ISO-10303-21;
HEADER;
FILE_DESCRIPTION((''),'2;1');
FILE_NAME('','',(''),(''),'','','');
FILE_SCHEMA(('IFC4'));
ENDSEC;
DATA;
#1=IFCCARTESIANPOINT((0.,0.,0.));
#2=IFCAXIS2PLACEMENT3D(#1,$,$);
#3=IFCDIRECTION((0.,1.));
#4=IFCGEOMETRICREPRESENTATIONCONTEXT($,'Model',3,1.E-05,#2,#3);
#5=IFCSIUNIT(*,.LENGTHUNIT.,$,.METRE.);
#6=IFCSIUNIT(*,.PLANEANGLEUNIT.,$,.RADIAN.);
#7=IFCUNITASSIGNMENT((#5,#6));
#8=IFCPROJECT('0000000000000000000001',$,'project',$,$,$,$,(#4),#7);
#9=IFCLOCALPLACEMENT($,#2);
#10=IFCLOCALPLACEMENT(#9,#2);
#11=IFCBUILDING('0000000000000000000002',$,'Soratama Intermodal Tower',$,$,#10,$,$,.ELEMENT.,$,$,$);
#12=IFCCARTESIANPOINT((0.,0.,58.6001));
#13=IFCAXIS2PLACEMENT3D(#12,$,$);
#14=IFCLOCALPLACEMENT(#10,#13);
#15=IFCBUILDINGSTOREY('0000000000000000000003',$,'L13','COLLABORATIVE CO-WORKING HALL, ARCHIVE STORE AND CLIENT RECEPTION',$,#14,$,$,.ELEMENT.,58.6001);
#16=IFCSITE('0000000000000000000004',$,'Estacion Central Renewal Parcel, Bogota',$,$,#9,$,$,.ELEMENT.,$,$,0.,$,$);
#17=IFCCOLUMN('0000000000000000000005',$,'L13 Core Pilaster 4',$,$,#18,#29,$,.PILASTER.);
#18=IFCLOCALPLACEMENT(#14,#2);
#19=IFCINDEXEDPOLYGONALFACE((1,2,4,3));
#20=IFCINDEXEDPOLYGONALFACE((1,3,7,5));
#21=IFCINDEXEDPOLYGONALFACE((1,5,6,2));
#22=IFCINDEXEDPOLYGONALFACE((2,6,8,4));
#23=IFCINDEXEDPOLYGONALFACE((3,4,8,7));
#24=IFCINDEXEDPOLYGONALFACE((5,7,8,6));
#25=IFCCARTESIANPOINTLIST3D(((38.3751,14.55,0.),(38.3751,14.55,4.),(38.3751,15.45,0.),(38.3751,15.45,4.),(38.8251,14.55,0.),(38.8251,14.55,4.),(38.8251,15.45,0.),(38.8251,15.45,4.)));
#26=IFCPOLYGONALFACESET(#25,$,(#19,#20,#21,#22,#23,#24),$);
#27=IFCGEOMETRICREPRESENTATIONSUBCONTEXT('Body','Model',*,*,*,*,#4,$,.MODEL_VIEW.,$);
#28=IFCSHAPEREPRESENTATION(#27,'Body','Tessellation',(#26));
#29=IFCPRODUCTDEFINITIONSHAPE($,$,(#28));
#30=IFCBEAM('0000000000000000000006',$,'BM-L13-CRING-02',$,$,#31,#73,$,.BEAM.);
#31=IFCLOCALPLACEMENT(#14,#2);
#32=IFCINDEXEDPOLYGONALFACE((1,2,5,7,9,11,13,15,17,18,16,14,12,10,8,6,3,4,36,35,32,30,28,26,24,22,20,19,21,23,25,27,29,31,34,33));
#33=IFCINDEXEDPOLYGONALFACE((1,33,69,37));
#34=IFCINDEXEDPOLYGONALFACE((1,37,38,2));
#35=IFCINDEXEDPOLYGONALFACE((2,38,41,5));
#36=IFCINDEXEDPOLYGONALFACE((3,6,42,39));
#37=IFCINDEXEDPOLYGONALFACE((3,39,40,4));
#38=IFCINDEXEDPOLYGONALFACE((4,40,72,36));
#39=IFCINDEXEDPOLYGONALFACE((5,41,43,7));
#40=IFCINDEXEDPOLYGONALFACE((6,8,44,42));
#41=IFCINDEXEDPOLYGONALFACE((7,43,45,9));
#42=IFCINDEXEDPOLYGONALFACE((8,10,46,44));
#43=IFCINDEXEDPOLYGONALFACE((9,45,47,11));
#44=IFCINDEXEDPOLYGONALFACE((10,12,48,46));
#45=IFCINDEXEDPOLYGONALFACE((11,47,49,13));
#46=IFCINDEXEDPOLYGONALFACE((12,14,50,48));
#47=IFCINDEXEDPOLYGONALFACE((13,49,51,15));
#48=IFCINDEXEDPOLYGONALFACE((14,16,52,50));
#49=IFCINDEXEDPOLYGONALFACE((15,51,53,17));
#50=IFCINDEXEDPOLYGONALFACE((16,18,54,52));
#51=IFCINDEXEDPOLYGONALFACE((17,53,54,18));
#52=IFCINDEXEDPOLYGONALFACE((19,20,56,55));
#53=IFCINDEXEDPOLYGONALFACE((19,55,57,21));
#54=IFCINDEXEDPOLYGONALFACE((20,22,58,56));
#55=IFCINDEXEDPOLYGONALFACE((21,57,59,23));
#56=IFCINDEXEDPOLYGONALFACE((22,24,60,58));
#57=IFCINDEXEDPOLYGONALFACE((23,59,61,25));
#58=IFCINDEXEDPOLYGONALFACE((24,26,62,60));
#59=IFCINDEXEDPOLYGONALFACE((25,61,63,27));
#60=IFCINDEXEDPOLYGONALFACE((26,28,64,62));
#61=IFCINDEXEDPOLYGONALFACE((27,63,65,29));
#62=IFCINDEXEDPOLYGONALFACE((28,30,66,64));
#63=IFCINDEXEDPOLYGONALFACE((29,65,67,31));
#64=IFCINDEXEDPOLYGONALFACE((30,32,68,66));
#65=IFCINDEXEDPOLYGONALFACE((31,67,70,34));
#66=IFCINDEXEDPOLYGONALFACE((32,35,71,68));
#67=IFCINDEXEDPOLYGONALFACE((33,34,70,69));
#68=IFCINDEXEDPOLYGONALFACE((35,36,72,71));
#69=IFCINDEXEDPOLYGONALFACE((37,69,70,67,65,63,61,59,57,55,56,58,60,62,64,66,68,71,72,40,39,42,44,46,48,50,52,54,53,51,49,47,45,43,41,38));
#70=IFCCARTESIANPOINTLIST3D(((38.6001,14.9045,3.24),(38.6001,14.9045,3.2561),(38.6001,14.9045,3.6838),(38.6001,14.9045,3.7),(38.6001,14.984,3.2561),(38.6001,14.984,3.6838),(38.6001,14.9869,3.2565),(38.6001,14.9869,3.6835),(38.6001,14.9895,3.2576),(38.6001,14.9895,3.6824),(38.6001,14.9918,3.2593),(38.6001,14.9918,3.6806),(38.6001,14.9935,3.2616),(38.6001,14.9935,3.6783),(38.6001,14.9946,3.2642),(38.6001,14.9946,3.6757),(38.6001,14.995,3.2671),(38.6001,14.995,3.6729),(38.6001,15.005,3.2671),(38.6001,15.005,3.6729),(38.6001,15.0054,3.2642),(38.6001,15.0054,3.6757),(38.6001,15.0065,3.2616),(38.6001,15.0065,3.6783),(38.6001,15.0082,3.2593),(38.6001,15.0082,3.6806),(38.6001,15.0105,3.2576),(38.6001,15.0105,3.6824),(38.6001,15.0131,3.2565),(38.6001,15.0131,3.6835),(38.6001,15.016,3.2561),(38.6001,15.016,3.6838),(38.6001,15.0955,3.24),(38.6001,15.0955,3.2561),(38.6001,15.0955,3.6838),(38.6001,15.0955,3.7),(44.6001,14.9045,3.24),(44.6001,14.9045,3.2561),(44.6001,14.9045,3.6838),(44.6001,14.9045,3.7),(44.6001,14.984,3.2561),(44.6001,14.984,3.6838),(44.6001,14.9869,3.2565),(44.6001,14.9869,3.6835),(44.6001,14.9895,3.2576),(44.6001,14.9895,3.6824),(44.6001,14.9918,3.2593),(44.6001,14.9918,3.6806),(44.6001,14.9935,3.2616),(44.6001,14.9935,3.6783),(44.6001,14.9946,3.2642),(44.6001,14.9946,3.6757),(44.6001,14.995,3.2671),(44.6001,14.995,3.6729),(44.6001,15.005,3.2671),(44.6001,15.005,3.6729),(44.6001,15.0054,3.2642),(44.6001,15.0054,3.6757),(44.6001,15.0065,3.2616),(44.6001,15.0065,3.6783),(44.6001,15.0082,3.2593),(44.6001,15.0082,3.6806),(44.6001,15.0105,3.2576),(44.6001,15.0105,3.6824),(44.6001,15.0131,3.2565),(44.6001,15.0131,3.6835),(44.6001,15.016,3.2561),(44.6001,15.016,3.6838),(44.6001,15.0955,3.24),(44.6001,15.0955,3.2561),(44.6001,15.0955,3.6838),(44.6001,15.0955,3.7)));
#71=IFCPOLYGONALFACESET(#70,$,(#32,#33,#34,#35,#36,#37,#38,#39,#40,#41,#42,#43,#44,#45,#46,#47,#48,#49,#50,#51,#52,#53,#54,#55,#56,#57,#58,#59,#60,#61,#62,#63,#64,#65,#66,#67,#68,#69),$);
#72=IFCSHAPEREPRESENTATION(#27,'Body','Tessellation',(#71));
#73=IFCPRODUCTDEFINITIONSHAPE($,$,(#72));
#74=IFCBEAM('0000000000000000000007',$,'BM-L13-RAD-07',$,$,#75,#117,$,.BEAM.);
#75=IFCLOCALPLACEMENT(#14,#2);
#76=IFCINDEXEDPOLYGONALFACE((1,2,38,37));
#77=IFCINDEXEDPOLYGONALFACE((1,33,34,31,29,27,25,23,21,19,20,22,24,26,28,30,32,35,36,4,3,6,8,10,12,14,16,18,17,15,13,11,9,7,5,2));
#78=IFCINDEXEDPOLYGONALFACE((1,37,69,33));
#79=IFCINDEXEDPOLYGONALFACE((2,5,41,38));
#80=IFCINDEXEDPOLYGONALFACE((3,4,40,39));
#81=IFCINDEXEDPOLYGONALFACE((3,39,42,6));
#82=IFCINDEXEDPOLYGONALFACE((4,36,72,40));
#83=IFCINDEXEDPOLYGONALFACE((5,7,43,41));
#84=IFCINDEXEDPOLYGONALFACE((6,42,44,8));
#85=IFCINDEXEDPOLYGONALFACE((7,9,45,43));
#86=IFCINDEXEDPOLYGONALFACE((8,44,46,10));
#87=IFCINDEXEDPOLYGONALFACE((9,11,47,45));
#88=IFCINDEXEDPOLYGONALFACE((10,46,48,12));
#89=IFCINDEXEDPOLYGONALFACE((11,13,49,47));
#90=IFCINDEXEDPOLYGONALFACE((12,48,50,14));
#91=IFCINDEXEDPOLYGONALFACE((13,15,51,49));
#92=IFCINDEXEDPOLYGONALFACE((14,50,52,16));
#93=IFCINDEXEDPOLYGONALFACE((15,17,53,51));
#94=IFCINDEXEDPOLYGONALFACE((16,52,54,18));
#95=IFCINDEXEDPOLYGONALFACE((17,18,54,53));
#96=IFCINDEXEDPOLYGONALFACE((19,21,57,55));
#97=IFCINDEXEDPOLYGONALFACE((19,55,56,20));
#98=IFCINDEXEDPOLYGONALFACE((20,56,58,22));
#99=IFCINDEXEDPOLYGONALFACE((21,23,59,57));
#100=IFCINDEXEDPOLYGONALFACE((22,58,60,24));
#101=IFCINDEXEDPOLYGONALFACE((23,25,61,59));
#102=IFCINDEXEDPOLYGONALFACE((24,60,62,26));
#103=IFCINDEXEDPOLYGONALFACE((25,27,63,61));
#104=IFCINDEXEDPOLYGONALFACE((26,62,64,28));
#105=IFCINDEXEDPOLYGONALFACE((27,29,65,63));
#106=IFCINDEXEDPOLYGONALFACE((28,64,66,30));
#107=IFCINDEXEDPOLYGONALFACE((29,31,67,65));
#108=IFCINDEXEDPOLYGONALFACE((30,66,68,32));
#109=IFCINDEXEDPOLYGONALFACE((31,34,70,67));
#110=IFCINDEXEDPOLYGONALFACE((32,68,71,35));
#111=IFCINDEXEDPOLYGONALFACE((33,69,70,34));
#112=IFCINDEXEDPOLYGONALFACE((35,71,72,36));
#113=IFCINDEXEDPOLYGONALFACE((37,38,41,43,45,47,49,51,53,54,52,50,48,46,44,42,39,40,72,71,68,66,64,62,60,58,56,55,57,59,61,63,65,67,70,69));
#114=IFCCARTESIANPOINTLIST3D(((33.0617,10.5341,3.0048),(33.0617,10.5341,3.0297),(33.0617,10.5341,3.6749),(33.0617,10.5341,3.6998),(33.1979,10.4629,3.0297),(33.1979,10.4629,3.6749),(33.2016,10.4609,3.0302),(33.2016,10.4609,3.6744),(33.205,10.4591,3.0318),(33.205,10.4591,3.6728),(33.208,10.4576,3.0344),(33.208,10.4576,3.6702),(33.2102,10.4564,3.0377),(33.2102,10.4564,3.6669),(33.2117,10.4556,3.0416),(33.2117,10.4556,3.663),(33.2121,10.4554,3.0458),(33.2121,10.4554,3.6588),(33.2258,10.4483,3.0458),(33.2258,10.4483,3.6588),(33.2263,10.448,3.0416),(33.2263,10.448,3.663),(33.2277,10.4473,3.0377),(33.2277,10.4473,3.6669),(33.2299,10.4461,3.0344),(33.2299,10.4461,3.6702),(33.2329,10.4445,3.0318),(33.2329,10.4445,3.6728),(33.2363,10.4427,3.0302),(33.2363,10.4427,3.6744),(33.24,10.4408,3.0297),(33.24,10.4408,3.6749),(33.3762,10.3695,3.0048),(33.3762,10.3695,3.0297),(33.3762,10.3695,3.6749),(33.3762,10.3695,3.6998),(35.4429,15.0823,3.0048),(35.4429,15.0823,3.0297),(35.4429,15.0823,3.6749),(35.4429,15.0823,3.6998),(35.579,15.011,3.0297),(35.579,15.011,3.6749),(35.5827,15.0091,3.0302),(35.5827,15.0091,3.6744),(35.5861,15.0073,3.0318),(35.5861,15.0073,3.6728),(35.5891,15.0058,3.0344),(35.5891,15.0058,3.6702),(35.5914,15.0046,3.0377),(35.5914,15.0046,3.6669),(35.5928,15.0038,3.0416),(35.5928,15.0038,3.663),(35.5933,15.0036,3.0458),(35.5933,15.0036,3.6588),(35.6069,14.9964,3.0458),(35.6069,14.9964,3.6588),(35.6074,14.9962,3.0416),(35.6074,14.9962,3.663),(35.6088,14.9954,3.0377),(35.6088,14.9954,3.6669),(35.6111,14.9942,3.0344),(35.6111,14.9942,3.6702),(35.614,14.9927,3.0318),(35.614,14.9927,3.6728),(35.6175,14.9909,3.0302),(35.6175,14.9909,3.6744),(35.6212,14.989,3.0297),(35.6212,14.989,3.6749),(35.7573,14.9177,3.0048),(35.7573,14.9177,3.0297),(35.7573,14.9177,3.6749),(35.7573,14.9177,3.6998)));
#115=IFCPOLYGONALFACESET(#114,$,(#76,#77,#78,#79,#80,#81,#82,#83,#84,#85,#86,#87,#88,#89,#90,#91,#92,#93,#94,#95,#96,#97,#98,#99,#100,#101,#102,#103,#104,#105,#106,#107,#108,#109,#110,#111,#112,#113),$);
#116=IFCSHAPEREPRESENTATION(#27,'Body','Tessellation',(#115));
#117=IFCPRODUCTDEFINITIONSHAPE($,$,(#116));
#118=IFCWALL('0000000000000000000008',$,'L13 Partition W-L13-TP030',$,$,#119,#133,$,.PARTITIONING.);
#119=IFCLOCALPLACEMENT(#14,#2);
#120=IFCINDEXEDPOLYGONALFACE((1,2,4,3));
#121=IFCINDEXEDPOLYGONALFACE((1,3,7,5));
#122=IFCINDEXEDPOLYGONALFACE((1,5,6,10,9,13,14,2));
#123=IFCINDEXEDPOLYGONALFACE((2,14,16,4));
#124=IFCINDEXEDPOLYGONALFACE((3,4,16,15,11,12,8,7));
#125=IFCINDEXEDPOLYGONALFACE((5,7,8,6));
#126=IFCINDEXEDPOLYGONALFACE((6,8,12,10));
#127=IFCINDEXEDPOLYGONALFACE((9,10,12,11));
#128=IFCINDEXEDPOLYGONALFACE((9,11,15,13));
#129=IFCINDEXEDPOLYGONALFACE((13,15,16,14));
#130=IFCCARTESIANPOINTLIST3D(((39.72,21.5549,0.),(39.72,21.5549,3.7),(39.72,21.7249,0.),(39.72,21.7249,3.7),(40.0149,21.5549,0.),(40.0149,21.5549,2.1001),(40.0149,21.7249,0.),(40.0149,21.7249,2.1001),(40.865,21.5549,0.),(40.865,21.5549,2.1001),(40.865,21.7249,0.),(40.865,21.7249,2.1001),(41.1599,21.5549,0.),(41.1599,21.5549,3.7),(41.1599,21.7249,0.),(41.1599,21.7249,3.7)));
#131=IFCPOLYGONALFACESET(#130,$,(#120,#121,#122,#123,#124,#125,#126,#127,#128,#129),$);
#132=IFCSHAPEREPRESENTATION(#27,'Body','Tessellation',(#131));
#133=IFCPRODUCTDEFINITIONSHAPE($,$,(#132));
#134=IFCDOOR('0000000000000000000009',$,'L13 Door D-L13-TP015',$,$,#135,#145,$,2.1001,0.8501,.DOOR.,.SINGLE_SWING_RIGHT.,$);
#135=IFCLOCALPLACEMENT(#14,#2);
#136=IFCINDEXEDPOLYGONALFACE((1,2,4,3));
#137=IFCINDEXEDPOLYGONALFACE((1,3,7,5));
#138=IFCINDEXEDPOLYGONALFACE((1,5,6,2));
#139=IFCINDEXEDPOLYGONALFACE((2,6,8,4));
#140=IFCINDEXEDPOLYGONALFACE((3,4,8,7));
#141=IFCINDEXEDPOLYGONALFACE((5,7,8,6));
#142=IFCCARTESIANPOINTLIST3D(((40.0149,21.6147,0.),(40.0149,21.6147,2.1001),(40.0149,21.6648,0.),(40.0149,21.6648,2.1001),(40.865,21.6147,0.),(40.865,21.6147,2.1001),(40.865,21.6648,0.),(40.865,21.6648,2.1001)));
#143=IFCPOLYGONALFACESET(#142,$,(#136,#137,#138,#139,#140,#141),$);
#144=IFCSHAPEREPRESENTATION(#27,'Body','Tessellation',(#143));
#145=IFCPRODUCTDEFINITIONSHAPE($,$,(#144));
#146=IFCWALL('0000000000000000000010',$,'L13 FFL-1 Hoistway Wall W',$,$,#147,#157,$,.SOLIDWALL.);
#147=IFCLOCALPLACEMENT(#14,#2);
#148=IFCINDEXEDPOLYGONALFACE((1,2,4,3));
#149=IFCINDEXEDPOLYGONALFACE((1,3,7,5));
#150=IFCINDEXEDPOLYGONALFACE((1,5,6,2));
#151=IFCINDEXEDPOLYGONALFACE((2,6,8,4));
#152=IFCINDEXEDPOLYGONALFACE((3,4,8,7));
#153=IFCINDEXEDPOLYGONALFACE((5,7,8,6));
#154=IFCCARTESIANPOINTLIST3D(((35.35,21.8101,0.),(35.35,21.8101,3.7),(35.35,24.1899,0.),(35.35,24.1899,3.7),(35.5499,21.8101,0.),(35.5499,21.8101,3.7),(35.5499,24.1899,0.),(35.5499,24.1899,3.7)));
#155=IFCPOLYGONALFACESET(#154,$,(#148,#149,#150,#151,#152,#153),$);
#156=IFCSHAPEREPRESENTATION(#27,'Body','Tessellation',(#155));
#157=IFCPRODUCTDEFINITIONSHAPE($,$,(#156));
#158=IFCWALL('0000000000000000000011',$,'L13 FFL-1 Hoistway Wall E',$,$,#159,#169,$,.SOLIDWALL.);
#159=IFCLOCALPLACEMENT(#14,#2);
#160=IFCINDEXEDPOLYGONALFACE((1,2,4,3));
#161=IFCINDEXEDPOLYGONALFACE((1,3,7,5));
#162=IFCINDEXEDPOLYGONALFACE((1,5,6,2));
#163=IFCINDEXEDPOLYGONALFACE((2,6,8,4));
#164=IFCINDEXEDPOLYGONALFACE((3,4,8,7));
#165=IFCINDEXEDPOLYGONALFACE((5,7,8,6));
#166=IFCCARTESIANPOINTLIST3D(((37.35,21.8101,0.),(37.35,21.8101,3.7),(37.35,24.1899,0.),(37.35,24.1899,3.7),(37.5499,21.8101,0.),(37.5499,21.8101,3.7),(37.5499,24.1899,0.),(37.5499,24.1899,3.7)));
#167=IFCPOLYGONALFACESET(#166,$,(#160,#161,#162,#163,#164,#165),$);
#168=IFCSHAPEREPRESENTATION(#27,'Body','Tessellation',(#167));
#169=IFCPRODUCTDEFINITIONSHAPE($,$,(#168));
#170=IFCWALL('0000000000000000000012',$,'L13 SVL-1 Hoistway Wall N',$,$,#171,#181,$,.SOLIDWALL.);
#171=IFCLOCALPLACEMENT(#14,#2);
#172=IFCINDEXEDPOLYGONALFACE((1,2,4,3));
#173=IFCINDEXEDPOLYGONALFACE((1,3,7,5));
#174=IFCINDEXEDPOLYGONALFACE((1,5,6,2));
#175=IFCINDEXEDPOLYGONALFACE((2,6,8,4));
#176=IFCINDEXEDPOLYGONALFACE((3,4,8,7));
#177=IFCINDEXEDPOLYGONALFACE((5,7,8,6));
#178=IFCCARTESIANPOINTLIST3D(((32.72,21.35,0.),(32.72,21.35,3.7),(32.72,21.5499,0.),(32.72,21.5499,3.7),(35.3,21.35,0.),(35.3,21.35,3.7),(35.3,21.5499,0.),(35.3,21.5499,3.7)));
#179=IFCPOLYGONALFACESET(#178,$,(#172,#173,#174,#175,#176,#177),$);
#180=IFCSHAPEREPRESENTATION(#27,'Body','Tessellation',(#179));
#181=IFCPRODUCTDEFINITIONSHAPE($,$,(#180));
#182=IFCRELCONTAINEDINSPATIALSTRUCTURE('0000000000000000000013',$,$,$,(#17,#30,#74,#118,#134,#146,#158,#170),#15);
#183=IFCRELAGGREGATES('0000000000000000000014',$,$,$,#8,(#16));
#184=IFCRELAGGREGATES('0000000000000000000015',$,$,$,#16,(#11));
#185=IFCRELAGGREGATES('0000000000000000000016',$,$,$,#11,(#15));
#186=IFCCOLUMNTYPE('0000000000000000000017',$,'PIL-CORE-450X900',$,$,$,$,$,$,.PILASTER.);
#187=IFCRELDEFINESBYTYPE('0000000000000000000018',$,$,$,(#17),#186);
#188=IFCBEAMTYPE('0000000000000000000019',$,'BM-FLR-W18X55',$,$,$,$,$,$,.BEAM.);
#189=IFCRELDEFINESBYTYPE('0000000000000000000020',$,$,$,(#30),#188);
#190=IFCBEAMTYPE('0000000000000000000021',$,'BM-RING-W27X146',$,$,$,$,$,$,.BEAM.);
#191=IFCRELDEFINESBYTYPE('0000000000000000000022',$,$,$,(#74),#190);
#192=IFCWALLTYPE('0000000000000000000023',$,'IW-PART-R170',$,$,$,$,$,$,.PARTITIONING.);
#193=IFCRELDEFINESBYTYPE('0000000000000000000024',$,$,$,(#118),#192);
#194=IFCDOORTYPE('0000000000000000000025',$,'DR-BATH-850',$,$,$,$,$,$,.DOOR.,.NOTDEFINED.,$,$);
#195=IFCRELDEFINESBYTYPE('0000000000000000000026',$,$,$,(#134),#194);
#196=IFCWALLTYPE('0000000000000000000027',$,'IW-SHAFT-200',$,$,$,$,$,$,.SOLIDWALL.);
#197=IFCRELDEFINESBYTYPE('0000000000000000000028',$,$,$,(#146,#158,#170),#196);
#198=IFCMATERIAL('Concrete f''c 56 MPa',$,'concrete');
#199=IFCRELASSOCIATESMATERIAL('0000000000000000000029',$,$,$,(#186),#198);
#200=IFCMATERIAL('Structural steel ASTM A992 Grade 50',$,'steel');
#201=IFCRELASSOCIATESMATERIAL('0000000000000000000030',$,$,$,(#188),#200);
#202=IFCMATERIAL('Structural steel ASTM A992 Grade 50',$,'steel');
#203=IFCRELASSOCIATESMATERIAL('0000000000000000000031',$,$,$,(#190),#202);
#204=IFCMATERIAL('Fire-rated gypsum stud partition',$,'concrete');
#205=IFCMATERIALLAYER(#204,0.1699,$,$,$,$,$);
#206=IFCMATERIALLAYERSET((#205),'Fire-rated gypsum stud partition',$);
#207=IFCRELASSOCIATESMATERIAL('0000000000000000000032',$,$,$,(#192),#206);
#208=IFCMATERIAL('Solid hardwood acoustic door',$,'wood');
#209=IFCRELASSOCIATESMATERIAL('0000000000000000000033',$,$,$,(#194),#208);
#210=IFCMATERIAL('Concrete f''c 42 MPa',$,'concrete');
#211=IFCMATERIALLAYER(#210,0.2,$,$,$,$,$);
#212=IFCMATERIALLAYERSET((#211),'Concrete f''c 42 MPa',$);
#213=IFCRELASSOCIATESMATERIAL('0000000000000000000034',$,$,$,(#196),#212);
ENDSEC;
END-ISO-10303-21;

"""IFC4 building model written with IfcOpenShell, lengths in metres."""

from ifc_helpers import new_model, si_unit, direction, frame, frame_2d, origin, origin_2d, place, context, subcontext, project, spatial, rectangle, i_section, extrude, material, layer, layer_set, material_profile, profile_set, type_object, element, fill, save


model = new_model("IFC4")

# Units and contexts
model_context = context("Model", 3, precision=1e-05, world=origin(), true_north=direction((0.0, 1.0)))
body_context = subcontext(model_context, "Body", "Model", "MODEL_VIEW")
ifc_project = project(units=[si_unit("LENGTHUNIT", "METRE"), si_unit("PLANEANGLEUNIT", "RADIAN")], contexts=[model_context])

# Site, building, storey
site_placement = place(None, origin())
site = spatial("IfcSite", under=ifc_project, at=site_placement, Name="Estacion Central Renewal Parcel, Bogota", CompositionType="ELEMENT", RefElevation=0.0)
building_placement = place(site_placement, origin())
building = spatial("IfcBuilding", under=site, at=building_placement, Name="Soratama Intermodal Tower", CompositionType="ELEMENT")
storey_placement = place(building_placement, frame((0.0, 0.0, 58.6001)))
storey = spatial("IfcBuildingStorey", under=building, at=storey_placement, Name="L13", Description="COLLABORATIVE CO-WORKING HALL, ARCHIVE STORE AND CLIENT RECEPTION", CompositionType="ELEMENT", Elevation=58.6001)

# Column
ifc_material_1 = material(Name="Concrete f'c 56 MPa", Category="concrete")
ifc_material_profile_1 = material_profile(ifc_material_1, rectangle(XDim=0.45, YDim=0.8999, at=origin_2d()), Name="RC450X900")
ifc_profile_set_1 = profile_set([ifc_material_profile_1], Name="Concrete f'c 56 MPa")
column_type = type_object("IfcColumnType", Name="PIL-CORE-450X900", PredefinedType="PILASTER", material=ifc_profile_set_1)
column_placement = place(storey_placement, frame((38.6001, 15.0, 0.0), z_axis=(0.0, 0.0, 1.0), x_axis=(1.0, 0.0, 0.0)))
element("IfcColumn", 1, at=column_placement, inside=storey, type_object=column_type, Name="L13 Core Pilaster 4", PredefinedType="PILASTER", context=body_context, shape_type="SweptSolid", body=[
    extrude(rectangle(XDim=0.45, YDim=0.8999, at=origin_2d()), origin(), (0.0, 0.0, 1.0), 4.0),
])

# Beams
ifc_material_2 = material(Name="Structural steel ASTM A992 Grade 50", Category="steel")
ifc_material_profile_2 = material_profile(ifc_material_2, i_section(OverallWidth=0.1909, OverallDepth=0.46, WebThickness=0.01, FlangeThickness=0.0161, FilletRadius=0.011, at=origin_2d()), Name="W18X55")
ifc_profile_set_2 = profile_set([ifc_material_profile_2], Name="Structural steel ASTM A992 Grade 50")
beam_type_1 = type_object("IfcBeamType", Name="BM-FLR-W18X55", PredefinedType="BEAM", material=ifc_profile_set_2)
beam_1_placement = place(storey_placement, frame((38.6001, 15.0, 3.47), z_axis=(1.0, 0.0, 0.0), x_axis=(0.0, 1.0, 0.0)))
element("IfcBeam", 2, at=beam_1_placement, inside=storey, type_object=beam_type_1, Name="BM-L13-CRING-02", PredefinedType="BEAM", context=body_context, shape_type="SweptSolid", body=[
    extrude(i_section(OverallWidth=0.1909, OverallDepth=0.46, WebThickness=0.01, FlangeThickness=0.0161, FilletRadius=0.011, at=origin_2d()), origin(), (0.0, 0.0, 1.0), 6.0),
])
ifc_material_3 = material(Name="Structural steel ASTM A992 Grade 50", Category="steel")
ifc_material_profile_3 = material_profile(ifc_material_3, i_section(OverallWidth=0.355, OverallDepth=0.6951, WebThickness=0.0154, FlangeThickness=0.0249, FilletRadius=0.0161, at=origin_2d()), Name="W27X146")
ifc_profile_set_3 = profile_set([ifc_material_profile_3], Name="Structural steel ASTM A992 Grade 50")
beam_type_2 = type_object("IfcBeamType", Name="BM-RING-W27X146", PredefinedType="BEAM", material=ifc_profile_set_3)
beam_2_placement = place(storey_placement, frame((35.6001, 15.0, 3.3523), z_axis=(-0.463819, -0.88593, 0.0), x_axis=(0.88593, -0.463819, 0.0)))
element("IfcBeam", 3, at=beam_2_placement, inside=storey, type_object=beam_type_2, Name="BM-L13-RAD-07", PredefinedType="BEAM", context=body_context, shape_type="SweptSolid", body=[
    extrude(i_section(OverallWidth=0.355, OverallDepth=0.6951, WebThickness=0.0154, FlangeThickness=0.0249, FilletRadius=0.0161, at=origin_2d()), origin(), (0.0, 0.0, 1.0), 5.1338),
])

# Wall, opening, door
ifc_material_4 = material(Name="Fire-rated gypsum stud partition", Category="concrete")
ifc_layer_1 = layer(ifc_material_4, 0.1699)
ifc_layer_set_1 = layer_set([ifc_layer_1], Name="Fire-rated gypsum stud partition")
wall_type_1 = type_object("IfcWallType", Name="IW-PART-R170", PredefinedType="PARTITIONING", material=ifc_layer_set_1)
wall_1_placement = place(storey_placement, frame((39.72, 21.6399, 0.0), z_axis=(0.0, 0.0, 1.0), x_axis=(1.0, 0.0, 0.0)))
wall_1 = element("IfcWall", 4, at=wall_1_placement, inside=storey, type_object=wall_type_1, Name="L13 Partition W-L13-TP030", PredefinedType="PARTITIONING", context=body_context, shape_type="SweptSolid", body=[
    extrude(rectangle(XDim=1.4399, YDim=0.1699, at=frame_2d((0.72, 0.0))), origin(), (0.0, 0.0, 1.0), 3.7),
])
opening_1_placement = place(wall_1_placement, frame((0.2949, 0.0, 0.0)))
opening_1 = element("IfcOpeningElement", 5, at=opening_1_placement, cuts=wall_1, PredefinedType="OPENING", context=body_context, shape_type="SweptSolid", body=[
    extrude(rectangle(XDim=0.8501, YDim=2.1001, at=frame_2d((0.425, 1.05))), frame((0.0, 0.095, 0.0), z_axis=(0.0, -1.0, 0.0), x_axis=(1.0, 0.0, 0.0)), (0.0, 0.0, 1.0), 0.1899),
])
ifc_material_5 = material(Name="Solid hardwood acoustic door", Category="wood")
door_type_1 = type_object("IfcDoorType", Name="DR-BATH-850", OperationType="NOTDEFINED", PredefinedType="DOOR", material=ifc_material_5)
door_1_placement = place(opening_1_placement, origin())
door_1 = element("IfcDoor", 6, at=door_1_placement, inside=storey, type_object=door_type_1, Name="L13 Door D-L13-TP015", OperationType="SINGLE_SWING_RIGHT", OverallHeight=2.1001, OverallWidth=0.8501, PredefinedType="DOOR", context=body_context, shape_type="SweptSolid", body=[
    extrude(rectangle(XDim=0.8501, YDim=2.1001, at=frame_2d((0.425, 1.05))), frame((0.0, 0.0249, 0.0), z_axis=(0.0, -1.0, 0.0), x_axis=(1.0, 0.0, 0.0)), (0.0, 0.0, 1.0), 0.05),
])
fill(opening_1, door_1)
ifc_material_6 = material(Name="Concrete f'c 42 MPa", Category="concrete")
ifc_layer_2 = layer(ifc_material_6, 0.2)
ifc_layer_set_2 = layer_set([ifc_layer_2], Name="Concrete f'c 42 MPa")
wall_type_2 = type_object("IfcWallType", Name="IW-SHAFT-200", PredefinedType="SOLIDWALL", material=ifc_layer_set_2)

# Walls
for number, where, z_axis, x_axis, name in (
    (7, (35.45, 21.8101, 0.0), (0.0, 0.0, 1.0), (0.0, 1.0, 0.0), "L13 FFL-1 Hoistway Wall W"),
    (8, (37.45, 21.8101, 0.0), (0.0, 0.0, 1.0), (0.0, 1.0, 0.0), "L13 FFL-1 Hoistway Wall E"),
):
    element("IfcWall", number, at=place(storey_placement, frame(where, z_axis=z_axis, x_axis=x_axis)), inside=storey, type_object=wall_type_2, Name=name, PredefinedType="SOLIDWALL", context=body_context, shape_type="SweptSolid", body=[
        extrude(rectangle(XDim=2.3799, YDim=0.2, at=frame_2d((1.1899, 0.0))), origin(), (0.0, 0.0, 1.0), 3.7),
    ])

# Wall
wall_2_placement = place(storey_placement, frame((32.72, 21.45, 0.0), z_axis=(0.0, 0.0, 1.0), x_axis=(1.0, 0.0, 0.0)))
element("IfcWall", 9, at=wall_2_placement, inside=storey, type_object=wall_type_2, Name="L13 SVL-1 Hoistway Wall N", PredefinedType="SOLIDWALL", context=body_context, shape_type="SweptSolid", body=[
    extrude(rectangle(XDim=2.5801, YDim=0.2, at=frame_2d((1.29, 0.0))), origin(), (0.0, 0.0, 1.0), 3.7),
])

save(model, "model.ifc")
